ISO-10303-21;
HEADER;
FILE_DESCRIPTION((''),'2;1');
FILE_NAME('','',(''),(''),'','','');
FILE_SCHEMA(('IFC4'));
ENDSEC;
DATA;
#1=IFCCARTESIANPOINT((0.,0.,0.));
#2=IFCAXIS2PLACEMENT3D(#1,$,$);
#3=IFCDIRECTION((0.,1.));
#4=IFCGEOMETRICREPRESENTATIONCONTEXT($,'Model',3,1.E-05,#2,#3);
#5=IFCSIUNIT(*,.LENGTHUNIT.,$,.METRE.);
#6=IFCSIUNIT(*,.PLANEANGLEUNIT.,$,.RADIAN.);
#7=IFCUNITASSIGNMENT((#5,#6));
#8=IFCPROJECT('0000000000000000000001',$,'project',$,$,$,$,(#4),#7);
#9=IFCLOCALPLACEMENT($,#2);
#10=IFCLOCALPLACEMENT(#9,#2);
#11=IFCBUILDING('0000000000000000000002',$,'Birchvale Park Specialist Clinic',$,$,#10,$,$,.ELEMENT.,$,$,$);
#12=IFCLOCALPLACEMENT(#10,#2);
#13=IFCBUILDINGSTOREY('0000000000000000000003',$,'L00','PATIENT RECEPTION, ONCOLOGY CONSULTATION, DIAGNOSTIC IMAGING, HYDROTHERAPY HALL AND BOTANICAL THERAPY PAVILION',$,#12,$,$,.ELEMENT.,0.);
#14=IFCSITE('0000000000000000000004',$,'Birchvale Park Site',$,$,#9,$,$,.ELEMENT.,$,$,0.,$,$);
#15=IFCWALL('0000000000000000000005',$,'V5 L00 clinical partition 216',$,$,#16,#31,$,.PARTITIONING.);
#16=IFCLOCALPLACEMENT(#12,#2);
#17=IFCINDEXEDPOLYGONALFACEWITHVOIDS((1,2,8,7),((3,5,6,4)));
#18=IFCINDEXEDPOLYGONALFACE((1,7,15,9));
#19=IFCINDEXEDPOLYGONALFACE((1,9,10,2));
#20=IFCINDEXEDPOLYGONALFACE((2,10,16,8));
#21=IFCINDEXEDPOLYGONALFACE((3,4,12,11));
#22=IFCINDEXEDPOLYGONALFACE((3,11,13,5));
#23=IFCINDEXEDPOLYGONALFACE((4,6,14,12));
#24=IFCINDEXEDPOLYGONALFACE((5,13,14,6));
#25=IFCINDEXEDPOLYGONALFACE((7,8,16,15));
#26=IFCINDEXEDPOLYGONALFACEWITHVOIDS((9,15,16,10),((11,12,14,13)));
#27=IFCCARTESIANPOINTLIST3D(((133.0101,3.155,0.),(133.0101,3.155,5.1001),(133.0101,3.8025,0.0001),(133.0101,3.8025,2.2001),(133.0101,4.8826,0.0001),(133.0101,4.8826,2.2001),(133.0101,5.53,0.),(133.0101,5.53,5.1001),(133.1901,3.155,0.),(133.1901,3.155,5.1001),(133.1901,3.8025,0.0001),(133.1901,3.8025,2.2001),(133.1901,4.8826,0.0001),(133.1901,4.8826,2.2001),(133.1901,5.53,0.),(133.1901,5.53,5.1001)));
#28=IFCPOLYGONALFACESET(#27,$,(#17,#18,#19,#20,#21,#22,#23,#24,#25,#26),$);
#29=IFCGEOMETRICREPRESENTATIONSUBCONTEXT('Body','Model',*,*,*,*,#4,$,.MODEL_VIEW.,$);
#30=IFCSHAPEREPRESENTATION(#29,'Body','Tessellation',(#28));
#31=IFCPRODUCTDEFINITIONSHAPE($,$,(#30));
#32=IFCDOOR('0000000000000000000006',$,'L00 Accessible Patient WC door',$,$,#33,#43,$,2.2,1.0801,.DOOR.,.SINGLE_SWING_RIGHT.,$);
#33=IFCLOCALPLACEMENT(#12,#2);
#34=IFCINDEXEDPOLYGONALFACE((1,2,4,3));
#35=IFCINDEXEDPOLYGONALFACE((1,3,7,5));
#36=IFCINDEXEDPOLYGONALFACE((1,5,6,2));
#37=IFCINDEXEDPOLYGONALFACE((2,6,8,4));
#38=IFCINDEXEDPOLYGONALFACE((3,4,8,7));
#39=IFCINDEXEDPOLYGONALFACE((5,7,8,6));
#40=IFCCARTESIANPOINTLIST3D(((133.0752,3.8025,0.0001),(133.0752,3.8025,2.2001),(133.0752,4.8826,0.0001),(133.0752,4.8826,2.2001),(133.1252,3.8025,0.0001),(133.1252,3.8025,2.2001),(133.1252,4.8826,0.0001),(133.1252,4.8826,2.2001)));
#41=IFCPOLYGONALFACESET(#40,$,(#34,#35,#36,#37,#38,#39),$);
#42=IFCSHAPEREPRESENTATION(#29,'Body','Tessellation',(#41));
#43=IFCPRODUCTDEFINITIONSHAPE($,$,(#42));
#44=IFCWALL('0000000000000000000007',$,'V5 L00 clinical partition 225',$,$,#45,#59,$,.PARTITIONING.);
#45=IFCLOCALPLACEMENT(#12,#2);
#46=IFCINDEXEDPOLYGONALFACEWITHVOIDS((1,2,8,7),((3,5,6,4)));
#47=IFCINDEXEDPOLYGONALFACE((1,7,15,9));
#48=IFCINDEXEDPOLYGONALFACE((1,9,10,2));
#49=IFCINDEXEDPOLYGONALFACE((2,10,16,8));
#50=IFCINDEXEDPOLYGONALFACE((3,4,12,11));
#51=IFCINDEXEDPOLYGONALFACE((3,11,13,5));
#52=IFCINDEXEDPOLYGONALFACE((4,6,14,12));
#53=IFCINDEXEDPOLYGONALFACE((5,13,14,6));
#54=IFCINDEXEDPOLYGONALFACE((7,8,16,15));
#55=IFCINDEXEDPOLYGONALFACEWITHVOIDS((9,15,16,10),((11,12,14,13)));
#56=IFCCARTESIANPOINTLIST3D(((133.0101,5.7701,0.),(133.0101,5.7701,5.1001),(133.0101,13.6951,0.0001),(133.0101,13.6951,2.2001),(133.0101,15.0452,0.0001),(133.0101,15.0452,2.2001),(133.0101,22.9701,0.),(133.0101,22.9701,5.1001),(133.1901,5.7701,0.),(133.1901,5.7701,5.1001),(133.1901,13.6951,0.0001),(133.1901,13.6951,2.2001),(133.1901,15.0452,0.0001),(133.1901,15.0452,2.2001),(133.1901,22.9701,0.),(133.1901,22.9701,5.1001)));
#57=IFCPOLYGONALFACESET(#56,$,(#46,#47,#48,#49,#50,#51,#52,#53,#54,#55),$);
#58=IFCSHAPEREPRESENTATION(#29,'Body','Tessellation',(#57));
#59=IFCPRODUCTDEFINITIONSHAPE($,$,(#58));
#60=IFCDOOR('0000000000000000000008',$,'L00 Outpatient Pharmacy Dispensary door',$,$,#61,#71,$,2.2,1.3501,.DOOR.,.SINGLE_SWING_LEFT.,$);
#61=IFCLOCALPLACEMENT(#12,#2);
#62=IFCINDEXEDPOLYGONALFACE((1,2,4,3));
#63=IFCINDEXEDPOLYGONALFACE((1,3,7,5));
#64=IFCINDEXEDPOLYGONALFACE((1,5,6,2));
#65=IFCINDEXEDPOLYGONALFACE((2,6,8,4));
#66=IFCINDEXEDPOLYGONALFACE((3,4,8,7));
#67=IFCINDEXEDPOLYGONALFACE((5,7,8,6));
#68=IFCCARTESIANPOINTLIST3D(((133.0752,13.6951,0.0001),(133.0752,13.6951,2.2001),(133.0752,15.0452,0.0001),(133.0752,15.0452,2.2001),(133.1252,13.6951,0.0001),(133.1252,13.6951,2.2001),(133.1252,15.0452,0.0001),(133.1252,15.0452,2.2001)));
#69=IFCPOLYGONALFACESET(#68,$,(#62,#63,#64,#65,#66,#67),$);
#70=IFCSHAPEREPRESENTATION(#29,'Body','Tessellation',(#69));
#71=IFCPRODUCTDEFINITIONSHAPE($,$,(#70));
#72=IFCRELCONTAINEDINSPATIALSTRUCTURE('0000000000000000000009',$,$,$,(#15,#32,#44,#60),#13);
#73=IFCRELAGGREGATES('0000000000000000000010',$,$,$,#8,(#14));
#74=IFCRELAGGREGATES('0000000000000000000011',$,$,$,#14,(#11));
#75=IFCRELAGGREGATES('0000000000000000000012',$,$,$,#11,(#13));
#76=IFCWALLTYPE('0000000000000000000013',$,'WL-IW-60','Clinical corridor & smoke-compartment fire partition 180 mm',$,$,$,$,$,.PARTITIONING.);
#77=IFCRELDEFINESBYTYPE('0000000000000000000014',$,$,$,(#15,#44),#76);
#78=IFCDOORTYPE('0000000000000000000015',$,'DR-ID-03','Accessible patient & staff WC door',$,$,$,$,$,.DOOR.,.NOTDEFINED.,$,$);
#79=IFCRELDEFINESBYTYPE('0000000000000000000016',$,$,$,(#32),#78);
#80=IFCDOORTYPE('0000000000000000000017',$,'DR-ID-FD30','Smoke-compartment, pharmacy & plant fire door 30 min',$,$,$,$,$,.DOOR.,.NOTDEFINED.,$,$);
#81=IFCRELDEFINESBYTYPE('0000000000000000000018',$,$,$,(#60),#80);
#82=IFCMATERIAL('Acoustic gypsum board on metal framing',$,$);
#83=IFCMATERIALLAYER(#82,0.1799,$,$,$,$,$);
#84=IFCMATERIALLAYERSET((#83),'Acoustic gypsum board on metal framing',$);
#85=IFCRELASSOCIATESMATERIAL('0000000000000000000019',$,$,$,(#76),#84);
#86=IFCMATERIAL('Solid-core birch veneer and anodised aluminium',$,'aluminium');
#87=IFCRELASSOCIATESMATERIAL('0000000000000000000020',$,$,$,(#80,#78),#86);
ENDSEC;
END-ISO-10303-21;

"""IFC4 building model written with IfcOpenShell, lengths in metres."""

from ifc_helpers import new_model, si_unit, direction, frame, frame_2d, origin, place, context, subcontext, project, spatial, rectangle, extrude, material, layer, layer_set, type_object, element, fill, save


model = new_model("IFC4")

# Units and contexts
model_context = context("Model", 3, precision=1e-05, world=origin(), true_north=direction((0.0, 1.0)))
body_context = subcontext(model_context, "Body", "Model", "MODEL_VIEW")
ifc_project = project(units=[si_unit("LENGTHUNIT", "METRE"), si_unit("PLANEANGLEUNIT", "RADIAN")], contexts=[model_context])

# Site, building, storey
site_placement = place(None, origin())
site = spatial("IfcSite", under=ifc_project, at=site_placement, Name="Birchvale Park Site", CompositionType="ELEMENT", RefElevation=0.0)
building_placement = place(site_placement, origin())
building = spatial("IfcBuilding", under=site, at=building_placement, Name="Birchvale Park Specialist Clinic", CompositionType="ELEMENT")
storey_placement = place(building_placement, origin())
storey = spatial("IfcBuildingStorey", under=building, at=storey_placement, Name="L00", Description="PATIENT RECEPTION, ONCOLOGY CONSULTATION, DIAGNOSTIC IMAGING, HYDROTHERAPY HALL AND BOTANICAL THERAPY PAVILION", CompositionType="ELEMENT", Elevation=0.0)

# Shared definitions
ifc_material_1 = material(Name="Acoustic gypsum board on metal framing")

# Walls, openings, doors
ifc_layer_1 = layer(ifc_material_1, 0.1799)
ifc_layer_set_1 = layer_set([ifc_layer_1], Name="Acoustic gypsum board on metal framing")
wall_type_1 = type_object("IfcWallType", Name="WL-IW-60", Description="Clinical corridor & smoke-compartment fire partition 180 mm", PredefinedType="PARTITIONING", material=ifc_layer_set_1)
ifc_material_2 = material(Name="Solid-core birch veneer and anodised aluminium", Category="aluminium")
door_type_1 = type_object("IfcDoorType", Name="DR-ID-FD30", Description="Smoke-compartment, pharmacy & plant fire door 30 min", OperationType="NOTDEFINED", PredefinedType="DOOR", material=ifc_material_2)
wall_1_placement = place(storey_placement, frame((133.1001, 3.155, 0.0), z_axis=(0.0, 0.0, 1.0), x_axis=(0.0, 1.0, 0.0)))
wall_1 = element("IfcWall", 1, at=wall_1_placement, inside=storey, type_object=wall_type_1, Name="V5 L00 clinical partition 216", PredefinedType="PARTITIONING", context=body_context, shape_type="SweptSolid", body=[
    extrude(rectangle(XDim=2.375, YDim=0.1799, at=frame_2d((1.1875, 0.0))), origin(), (0.0, 0.0, 1.0), 5.1001),
])
opening_1_placement = place(wall_1_placement, frame((0.6475, 0.0, 0.0)))
opening_1 = element("IfcOpeningElement", 2, at=opening_1_placement, cuts=wall_1, PredefinedType="OPENING", context=body_context, shape_type="SweptSolid", body=[
    extrude(rectangle(XDim=1.0801, YDim=2.2, at=frame_2d((0.54, 1.1001))), frame((0.0, 0.1001, 0.0), z_axis=(0.0, -1.0, 0.0), x_axis=(1.0, 0.0, 0.0)), (0.0, 0.0, 1.0), 0.2),
])
door_type_2 = type_object("IfcDoorType", Name="DR-ID-03", Description="Accessible patient & staff WC door", OperationType="NOTDEFINED", PredefinedType="DOOR", material=ifc_material_2)
door_1_placement = place(opening_1_placement, origin())
door_1 = element("IfcDoor", 3, at=door_1_placement, inside=storey, type_object=door_type_2, Name="L00 Accessible Patient WC door", OperationType="SINGLE_SWING_RIGHT", OverallHeight=2.2, OverallWidth=1.0801, PredefinedType="DOOR", context=body_context, shape_type="SweptSolid", body=[
    extrude(rectangle(XDim=1.0801, YDim=2.2, at=frame_2d((0.54, 1.1001))), frame((0.0, 0.0249, 0.0), z_axis=(0.0, -1.0, 0.0), x_axis=(1.0, 0.0, 0.0)), (0.0, 0.0, 1.0), 0.05),
])
fill(opening_1, door_1)
wall_2_placement = place(storey_placement, frame((133.1001, 5.77, 0.0), z_axis=(0.0, 0.0, 1.0), x_axis=(0.0, 1.0, 0.0)))
wall_2 = element("IfcWall", 4, at=wall_2_placement, inside=storey, type_object=wall_type_1, Name="V5 L00 clinical partition 225", PredefinedType="PARTITIONING", context=body_context, shape_type="SweptSolid", body=[
    extrude(rectangle(XDim=17.2, YDim=0.1799, at=frame_2d((8.6001, 0.0))), origin(), (0.0, 0.0, 1.0), 5.1001),
])
opening_2_placement = place(wall_2_placement, frame((7.925, 0.0, 0.0)))
opening_2 = element("IfcOpeningElement", 5, at=opening_2_placement, cuts=wall_2, PredefinedType="OPENING", context=body_context, shape_type="SweptSolid", body=[
    extrude(rectangle(XDim=1.3501, YDim=2.2, at=frame_2d((0.675, 1.1001))), frame((0.0, 0.1001, 0.0), z_axis=(0.0, -1.0, 0.0), x_axis=(1.0, 0.0, 0.0)), (0.0, 0.0, 1.0), 0.2),
])
door_2_placement = place(opening_2_placement, origin())
door_2 = element("IfcDoor", 6, at=door_2_placement, inside=storey, type_object=door_type_1, Name="L00 Outpatient Pharmacy Dispensary door", OperationType="SINGLE_SWING_LEFT", OverallHeight=2.2, OverallWidth=1.3501, PredefinedType="DOOR", context=body_context, shape_type="SweptSolid", body=[
    extrude(rectangle(XDim=1.3501, YDim=2.2, at=frame_2d((0.675, 1.1001))), frame((0.0, 0.0249, 0.0), z_axis=(0.0, -1.0, 0.0), x_axis=(1.0, 0.0, 0.0)), (0.0, 0.0, 1.0), 0.05),
])
fill(opening_2, door_2)

save(model, "model.ifc")
